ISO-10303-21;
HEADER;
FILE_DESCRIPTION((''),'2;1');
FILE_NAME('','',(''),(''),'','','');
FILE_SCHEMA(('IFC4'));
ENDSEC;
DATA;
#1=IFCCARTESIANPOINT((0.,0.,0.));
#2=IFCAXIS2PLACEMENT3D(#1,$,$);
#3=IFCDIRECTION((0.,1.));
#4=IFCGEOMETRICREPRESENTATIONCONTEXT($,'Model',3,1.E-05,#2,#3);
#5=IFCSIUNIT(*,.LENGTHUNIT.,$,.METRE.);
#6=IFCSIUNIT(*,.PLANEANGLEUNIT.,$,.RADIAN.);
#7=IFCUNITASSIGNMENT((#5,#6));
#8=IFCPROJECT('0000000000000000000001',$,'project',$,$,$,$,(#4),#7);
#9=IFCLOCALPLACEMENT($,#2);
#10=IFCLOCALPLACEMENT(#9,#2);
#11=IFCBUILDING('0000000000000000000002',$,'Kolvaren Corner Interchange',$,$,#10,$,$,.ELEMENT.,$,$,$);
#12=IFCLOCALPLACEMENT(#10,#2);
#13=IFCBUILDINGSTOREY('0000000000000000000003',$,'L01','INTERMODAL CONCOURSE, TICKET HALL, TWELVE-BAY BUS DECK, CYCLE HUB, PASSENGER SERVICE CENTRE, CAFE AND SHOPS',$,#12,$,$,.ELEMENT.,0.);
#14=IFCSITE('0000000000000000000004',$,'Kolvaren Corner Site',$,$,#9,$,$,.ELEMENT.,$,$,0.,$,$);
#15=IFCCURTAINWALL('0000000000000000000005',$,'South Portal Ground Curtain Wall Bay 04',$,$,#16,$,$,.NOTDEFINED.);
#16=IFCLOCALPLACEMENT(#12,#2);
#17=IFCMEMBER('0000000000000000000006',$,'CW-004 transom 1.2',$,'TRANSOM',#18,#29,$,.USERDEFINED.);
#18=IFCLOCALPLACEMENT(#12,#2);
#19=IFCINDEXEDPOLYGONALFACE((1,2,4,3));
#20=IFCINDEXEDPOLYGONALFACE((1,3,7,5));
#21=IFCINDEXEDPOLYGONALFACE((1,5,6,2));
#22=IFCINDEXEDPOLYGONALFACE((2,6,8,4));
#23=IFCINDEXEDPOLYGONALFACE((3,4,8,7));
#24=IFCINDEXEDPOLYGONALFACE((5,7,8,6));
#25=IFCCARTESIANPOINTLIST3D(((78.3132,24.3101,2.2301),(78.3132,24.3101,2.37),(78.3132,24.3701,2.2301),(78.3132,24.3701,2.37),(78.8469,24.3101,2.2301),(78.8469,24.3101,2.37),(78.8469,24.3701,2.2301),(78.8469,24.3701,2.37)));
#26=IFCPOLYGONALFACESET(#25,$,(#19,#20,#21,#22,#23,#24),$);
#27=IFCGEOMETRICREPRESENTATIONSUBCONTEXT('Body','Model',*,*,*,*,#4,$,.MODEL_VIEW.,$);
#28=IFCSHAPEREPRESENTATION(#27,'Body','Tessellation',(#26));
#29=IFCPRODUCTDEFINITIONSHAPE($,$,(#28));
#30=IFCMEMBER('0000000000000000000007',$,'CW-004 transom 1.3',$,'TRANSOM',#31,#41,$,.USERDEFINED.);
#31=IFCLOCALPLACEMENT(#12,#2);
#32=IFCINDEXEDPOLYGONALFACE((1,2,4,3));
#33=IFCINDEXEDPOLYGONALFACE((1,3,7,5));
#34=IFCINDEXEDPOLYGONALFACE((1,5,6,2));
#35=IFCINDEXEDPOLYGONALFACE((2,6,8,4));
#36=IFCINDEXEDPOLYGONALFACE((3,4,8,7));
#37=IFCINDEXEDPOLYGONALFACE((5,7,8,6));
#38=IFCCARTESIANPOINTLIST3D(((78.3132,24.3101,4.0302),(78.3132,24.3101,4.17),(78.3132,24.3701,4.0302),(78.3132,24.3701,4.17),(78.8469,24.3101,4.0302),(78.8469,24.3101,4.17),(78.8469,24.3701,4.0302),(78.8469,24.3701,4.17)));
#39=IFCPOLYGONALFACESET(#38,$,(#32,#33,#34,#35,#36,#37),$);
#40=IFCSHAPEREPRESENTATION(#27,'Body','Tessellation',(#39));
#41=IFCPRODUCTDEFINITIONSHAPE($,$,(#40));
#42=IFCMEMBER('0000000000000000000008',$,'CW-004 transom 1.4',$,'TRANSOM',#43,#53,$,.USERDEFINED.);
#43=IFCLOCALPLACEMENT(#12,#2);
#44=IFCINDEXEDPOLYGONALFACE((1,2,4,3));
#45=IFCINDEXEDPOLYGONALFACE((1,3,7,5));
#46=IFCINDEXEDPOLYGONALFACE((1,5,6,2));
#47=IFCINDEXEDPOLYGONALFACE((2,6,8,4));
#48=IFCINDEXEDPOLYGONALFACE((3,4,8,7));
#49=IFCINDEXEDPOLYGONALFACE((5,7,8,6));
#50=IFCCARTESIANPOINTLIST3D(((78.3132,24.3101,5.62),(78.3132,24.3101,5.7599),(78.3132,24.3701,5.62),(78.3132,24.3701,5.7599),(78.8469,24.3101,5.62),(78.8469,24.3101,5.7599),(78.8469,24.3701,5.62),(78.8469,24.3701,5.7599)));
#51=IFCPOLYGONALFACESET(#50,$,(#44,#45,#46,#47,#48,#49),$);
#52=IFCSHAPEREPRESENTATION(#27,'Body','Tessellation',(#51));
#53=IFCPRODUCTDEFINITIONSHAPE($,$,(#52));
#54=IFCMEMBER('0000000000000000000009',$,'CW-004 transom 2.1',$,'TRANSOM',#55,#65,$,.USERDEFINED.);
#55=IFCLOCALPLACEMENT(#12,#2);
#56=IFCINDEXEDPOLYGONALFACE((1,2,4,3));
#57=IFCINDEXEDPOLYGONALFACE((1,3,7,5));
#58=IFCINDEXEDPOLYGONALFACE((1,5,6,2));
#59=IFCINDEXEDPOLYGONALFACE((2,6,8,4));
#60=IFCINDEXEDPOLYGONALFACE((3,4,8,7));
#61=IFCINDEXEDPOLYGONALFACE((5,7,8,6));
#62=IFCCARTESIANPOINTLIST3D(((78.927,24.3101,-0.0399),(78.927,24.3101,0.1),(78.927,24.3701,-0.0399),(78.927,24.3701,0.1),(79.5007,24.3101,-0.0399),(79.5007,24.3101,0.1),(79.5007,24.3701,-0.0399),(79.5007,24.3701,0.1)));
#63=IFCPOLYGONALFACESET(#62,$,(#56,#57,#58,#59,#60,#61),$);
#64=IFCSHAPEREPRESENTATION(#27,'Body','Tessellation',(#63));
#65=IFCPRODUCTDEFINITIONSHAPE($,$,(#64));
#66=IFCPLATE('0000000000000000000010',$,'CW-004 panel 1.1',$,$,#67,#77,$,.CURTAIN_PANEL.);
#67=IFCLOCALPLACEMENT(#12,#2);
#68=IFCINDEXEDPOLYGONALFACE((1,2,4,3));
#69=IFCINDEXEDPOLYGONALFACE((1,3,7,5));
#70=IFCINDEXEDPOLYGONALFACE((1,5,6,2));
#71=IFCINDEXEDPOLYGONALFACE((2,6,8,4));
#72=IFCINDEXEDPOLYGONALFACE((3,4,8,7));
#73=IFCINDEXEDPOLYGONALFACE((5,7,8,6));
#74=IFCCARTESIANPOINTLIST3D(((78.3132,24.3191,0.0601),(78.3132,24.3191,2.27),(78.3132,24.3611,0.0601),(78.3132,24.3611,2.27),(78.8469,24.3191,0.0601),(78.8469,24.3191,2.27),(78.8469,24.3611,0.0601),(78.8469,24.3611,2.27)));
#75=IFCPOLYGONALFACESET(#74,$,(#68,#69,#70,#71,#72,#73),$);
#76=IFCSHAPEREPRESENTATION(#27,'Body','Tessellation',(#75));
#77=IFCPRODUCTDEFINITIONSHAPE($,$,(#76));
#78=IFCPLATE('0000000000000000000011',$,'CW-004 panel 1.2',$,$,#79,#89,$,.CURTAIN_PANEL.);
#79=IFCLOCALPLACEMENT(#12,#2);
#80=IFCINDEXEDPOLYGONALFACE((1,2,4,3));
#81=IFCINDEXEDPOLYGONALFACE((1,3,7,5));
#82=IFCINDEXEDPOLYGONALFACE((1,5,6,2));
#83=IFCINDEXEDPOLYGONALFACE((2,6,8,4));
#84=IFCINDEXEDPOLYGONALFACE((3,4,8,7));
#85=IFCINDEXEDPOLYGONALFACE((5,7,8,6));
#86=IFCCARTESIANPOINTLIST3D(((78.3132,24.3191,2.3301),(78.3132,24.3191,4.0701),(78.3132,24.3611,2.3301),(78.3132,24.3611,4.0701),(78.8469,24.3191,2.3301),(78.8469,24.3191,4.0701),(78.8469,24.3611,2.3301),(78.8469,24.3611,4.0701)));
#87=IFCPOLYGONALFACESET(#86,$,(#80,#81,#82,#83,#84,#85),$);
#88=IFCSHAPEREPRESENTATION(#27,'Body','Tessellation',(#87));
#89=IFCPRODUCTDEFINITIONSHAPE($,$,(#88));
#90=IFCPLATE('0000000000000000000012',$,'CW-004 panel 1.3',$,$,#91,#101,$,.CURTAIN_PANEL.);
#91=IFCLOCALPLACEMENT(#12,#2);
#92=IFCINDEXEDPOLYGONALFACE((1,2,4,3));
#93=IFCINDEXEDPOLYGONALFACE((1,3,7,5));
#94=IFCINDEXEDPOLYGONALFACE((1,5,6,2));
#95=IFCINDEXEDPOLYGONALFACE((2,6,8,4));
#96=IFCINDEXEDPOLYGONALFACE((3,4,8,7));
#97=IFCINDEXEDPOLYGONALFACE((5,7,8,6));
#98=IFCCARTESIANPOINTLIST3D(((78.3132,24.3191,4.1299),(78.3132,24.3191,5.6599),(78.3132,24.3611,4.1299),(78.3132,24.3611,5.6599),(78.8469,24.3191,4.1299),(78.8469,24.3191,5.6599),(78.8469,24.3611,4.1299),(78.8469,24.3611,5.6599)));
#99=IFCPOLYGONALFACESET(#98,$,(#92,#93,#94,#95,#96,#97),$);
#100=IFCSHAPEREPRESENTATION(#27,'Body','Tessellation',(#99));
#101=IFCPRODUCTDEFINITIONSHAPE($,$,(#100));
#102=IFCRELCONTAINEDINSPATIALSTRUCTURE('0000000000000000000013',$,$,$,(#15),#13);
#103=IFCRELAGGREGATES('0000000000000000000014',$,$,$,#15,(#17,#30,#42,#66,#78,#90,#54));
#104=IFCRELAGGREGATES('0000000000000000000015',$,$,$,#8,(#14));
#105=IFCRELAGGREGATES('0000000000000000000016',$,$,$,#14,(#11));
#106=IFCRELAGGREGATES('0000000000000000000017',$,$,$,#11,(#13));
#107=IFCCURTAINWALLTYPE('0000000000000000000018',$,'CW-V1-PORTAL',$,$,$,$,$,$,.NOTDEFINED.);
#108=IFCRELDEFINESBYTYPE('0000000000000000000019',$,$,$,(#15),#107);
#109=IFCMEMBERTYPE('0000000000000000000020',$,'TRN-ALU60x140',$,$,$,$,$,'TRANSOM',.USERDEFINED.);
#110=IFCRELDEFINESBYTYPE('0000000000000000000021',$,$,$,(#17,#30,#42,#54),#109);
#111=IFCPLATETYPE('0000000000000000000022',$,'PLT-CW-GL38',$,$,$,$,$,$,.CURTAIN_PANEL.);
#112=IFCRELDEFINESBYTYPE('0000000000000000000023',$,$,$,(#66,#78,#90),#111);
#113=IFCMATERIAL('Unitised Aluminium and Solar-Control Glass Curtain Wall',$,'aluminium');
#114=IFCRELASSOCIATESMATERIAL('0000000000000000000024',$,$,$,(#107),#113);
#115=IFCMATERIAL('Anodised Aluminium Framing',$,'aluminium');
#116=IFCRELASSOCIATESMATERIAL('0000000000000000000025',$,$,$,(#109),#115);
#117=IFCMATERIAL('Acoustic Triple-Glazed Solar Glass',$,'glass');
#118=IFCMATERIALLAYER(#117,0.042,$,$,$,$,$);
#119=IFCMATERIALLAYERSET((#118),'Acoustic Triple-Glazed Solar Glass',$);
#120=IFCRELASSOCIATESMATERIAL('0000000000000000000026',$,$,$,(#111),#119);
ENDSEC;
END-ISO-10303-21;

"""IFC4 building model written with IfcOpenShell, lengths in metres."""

from ifc_helpers import new_model, si_unit, direction, frame, origin, origin_2d, place, context, subcontext, project, spatial, rectangle, extrude, material, layer, layer_set, material_profile, profile_set, type_object, element, aggregate, save


model = new_model("IFC4")

# Units and contexts
model_context = context("Model", 3, precision=1e-05, world=origin(), true_north=direction((0.0, 1.0)))
body_context = subcontext(model_context, "Body", "Model", "MODEL_VIEW")
ifc_project = project(units=[si_unit("LENGTHUNIT", "METRE"), si_unit("PLANEANGLEUNIT", "RADIAN")], contexts=[model_context])

# Site, building, storey
site_placement = place(None, origin())
site = spatial("IfcSite", under=ifc_project, at=site_placement, Name="Kolvaren Corner Site", CompositionType="ELEMENT", RefElevation=0.0)
building_placement = place(site_placement, origin())
building = spatial("IfcBuilding", under=site, at=building_placement, Name="Kolvaren Corner Interchange", CompositionType="ELEMENT")
storey_placement = place(building_placement, origin())
storey = spatial("IfcBuildingStorey", under=building, at=storey_placement, Name="L01", Description="INTERMODAL CONCOURSE, TICKET HALL, TWELVE-BAY BUS DECK, CYCLE HUB, PASSENGER SERVICE CENTRE, CAFE AND SHOPS", CompositionType="ELEMENT", Elevation=0.0)

# Shared definitions
ifc_material_1 = material(Name="Unitised Aluminium and Solar-Control Glass Curtain Wall", Category="aluminium")
curtain_wall_type = type_object("IfcCurtainWallType", Name="CW-V1-PORTAL", PredefinedType="NOTDEFINED", material=ifc_material_1)

# Curtain wall, members, plates
curtain_wall_1_placement = place(storey_placement, origin())
curtain_wall_1 = element("IfcCurtainWall", 1, at=curtain_wall_1_placement, inside=storey, type_object=curtain_wall_type, Name="South Portal Ground Curtain Wall Bay 04", PredefinedType="NOTDEFINED")
ifc_material_2 = material(Name="Anodised Aluminium Framing", Category="aluminium")
ifc_material_profile_1 = material_profile(ifc_material_2, rectangle(XDim=0.0601, YDim=0.1399, at=origin_2d()), Name="ALU 60x140")
ifc_profile_set_1 = profile_set([ifc_material_profile_1], Name="Anodised Aluminium Framing")
member_type_1 = type_object("IfcMemberType", Name="TRN-ALU60x140", ElementType="TRANSOM", PredefinedType="USERDEFINED", material=ifc_profile_set_1)
member_1_placement = place(storey_placement, frame((78.3132, 24.3401, 2.3), z_axis=(1.0, 0.0, 0.0), x_axis=(0.0, 1.0, 0.0)))
member_1 = element("IfcMember", 2, at=member_1_placement, type_object=member_type_1, Name="CW-004 transom 1.2", ObjectType="TRANSOM", PredefinedType="USERDEFINED", context=body_context, shape_type="SweptSolid", body=[
    extrude(rectangle(XDim=0.0601, YDim=0.1399, at=origin_2d()), origin(), (0.0, 0.0, 1.0), 0.5337),
])
member_2_placement = place(storey_placement, frame((78.3132, 24.3401, 4.1001), z_axis=(1.0, 0.0, 0.0), x_axis=(0.0, 1.0, 0.0)))
member_2 = element("IfcMember", 3, at=member_2_placement, type_object=member_type_1, Name="CW-004 transom 1.3", ObjectType="TRANSOM", PredefinedType="USERDEFINED", context=body_context, shape_type="SweptSolid", body=[
    extrude(rectangle(XDim=0.0601, YDim=0.1399, at=origin_2d()), origin(), (0.0, 0.0, 1.0), 0.5337),
])
member_3_placement = place(storey_placement, frame((78.3132, 24.3401, 5.6899), z_axis=(1.0, 0.0, 0.0), x_axis=(0.0, 1.0, 0.0)))
member_3 = element("IfcMember", 4, at=member_3_placement, type_object=member_type_1, Name="CW-004 transom 1.4", ObjectType="TRANSOM", PredefinedType="USERDEFINED", context=body_context, shape_type="SweptSolid", body=[
    extrude(rectangle(XDim=0.0601, YDim=0.1399, at=origin_2d()), origin(), (0.0, 0.0, 1.0), 0.5337),
])
member_4_placement = place(storey_placement, frame((78.927, 24.3401, 0.03), z_axis=(1.0, 0.0, 0.0), x_axis=(0.0, 1.0, 0.0)))
member_4 = element("IfcMember", 5, at=member_4_placement, type_object=member_type_1, Name="CW-004 transom 2.1", ObjectType="TRANSOM", PredefinedType="USERDEFINED", context=body_context, shape_type="SweptSolid", body=[
    extrude(rectangle(XDim=0.0601, YDim=0.1399, at=origin_2d()), origin(), (0.0, 0.0, 1.0), 0.5737),
])
ifc_material_3 = material(Name="Acoustic Triple-Glazed Solar Glass", Category="glass")
ifc_layer = layer(ifc_material_3, 0.042)
ifc_layer_set = layer_set([ifc_layer], Name="Acoustic Triple-Glazed Solar Glass")
plate_type = type_object("IfcPlateType", Name="PLT-CW-GL38", PredefinedType="CURTAIN_PANEL", material=ifc_layer_set)
plate_1_placement = place(storey_placement, frame((78.5801, 24.3401, 0.0601), z_axis=(0.0, 0.0, 1.0), x_axis=(1.0, 0.0, 0.0)))
plate_1 = element("IfcPlate", 6, at=plate_1_placement, type_object=plate_type, Name="CW-004 panel 1.1", PredefinedType="CURTAIN_PANEL", context=body_context, shape_type="SweptSolid", body=[
    extrude(rectangle(XDim=0.5337, YDim=0.042, at=origin_2d()), origin(), (0.0, 0.0, 1.0), 2.21),
])
plate_2_placement = place(storey_placement, frame((78.5801, 24.3401, 2.3301), z_axis=(0.0, 0.0, 1.0), x_axis=(1.0, 0.0, 0.0)))
plate_2 = element("IfcPlate", 7, at=plate_2_placement, type_object=plate_type, Name="CW-004 panel 1.2", PredefinedType="CURTAIN_PANEL", context=body_context, shape_type="SweptSolid", body=[
    extrude(rectangle(XDim=0.5337, YDim=0.042, at=origin_2d()), origin(), (0.0, 0.0, 1.0), 1.74),
])
plate_3_placement = place(storey_placement, frame((78.5801, 24.3401, 4.1299), z_axis=(0.0, 0.0, 1.0), x_axis=(1.0, 0.0, 0.0)))
plate_3 = element("IfcPlate", 8, at=plate_3_placement, type_object=plate_type, Name="CW-004 panel 1.3", PredefinedType="CURTAIN_PANEL", context=body_context, shape_type="SweptSolid", body=[
    extrude(rectangle(XDim=0.5337, YDim=0.042, at=origin_2d()), origin(), (0.0, 0.0, 1.0), 1.53),
])
aggregate(curtain_wall_1, [member_1, member_2, member_3, plate_1, plate_2, plate_3, member_4])

save(model, "model.ifc")
